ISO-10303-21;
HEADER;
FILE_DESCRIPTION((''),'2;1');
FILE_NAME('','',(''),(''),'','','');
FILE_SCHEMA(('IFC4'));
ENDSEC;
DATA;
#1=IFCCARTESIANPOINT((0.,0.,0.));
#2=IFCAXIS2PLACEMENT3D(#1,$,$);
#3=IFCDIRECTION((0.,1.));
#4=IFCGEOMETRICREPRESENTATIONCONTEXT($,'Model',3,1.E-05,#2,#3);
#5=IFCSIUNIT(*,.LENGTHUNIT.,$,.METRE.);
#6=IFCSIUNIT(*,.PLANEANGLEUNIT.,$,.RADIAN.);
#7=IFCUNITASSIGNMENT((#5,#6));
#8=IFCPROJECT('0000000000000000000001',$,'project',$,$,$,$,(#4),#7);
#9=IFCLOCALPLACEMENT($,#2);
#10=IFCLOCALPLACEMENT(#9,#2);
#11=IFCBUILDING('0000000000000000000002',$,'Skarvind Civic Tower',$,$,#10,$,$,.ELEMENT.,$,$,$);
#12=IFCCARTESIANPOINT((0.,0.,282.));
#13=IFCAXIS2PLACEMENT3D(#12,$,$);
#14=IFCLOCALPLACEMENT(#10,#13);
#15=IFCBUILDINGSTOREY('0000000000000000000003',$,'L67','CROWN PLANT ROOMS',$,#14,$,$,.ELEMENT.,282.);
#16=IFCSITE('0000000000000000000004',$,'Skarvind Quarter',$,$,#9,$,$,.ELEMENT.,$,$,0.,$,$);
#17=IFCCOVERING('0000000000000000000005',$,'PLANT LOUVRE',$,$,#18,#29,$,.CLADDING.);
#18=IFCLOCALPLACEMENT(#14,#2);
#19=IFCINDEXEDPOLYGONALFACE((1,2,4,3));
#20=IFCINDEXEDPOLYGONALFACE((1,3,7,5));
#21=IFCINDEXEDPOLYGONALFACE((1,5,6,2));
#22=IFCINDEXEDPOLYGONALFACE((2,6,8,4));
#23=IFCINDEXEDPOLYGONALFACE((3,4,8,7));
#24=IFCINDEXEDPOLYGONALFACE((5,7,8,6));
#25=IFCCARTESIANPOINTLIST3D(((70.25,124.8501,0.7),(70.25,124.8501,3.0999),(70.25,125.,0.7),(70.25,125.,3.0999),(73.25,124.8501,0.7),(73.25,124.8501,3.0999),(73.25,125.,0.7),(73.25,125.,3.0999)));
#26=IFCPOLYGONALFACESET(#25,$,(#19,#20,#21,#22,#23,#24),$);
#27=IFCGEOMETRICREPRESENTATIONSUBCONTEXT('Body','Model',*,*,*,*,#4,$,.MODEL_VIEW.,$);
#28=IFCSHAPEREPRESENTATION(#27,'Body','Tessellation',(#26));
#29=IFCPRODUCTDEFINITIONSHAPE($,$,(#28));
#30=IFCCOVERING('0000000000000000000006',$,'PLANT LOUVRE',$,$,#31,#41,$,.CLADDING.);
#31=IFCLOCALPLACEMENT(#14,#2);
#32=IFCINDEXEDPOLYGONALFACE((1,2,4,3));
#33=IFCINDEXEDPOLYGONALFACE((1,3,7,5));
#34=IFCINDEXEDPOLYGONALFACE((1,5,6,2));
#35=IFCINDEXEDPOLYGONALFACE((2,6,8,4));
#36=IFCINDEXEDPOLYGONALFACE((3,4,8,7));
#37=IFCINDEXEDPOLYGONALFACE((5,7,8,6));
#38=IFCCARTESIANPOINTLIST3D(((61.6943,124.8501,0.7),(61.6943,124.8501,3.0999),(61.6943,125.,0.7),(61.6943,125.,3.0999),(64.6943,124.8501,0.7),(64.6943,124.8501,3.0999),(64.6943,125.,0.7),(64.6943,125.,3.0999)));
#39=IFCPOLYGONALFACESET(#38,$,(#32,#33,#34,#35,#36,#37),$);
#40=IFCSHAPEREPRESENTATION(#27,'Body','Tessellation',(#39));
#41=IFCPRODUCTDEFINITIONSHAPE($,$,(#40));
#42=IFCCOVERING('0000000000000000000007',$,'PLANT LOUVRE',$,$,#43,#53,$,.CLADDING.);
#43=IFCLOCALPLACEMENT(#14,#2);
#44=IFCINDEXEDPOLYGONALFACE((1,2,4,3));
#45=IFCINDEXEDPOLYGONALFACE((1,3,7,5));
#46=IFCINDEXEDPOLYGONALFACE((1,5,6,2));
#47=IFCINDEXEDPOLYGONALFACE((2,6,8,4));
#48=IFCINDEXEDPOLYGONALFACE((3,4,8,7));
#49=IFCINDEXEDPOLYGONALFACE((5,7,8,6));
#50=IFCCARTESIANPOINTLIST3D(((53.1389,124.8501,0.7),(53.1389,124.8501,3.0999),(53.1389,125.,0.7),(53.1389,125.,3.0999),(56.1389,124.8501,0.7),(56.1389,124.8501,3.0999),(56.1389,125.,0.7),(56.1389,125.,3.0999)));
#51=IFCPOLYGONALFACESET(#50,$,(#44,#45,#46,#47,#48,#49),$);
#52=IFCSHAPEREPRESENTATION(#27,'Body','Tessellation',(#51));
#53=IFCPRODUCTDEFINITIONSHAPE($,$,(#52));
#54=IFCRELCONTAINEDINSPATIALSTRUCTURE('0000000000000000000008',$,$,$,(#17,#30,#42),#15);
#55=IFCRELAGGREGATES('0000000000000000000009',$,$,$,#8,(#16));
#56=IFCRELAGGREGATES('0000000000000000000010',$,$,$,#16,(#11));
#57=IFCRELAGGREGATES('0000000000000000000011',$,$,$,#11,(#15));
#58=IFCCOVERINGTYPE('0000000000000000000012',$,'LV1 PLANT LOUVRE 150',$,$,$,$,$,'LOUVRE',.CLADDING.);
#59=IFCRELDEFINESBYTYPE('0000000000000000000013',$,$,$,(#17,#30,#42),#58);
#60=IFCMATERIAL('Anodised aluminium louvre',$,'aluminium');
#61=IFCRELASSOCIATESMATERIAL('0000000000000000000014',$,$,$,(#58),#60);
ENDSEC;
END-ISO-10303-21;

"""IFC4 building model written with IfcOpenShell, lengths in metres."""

from ifc_helpers import new_model, si_unit, direction, frame, origin, origin_2d, place, context, subcontext, project, spatial, rectangle, extrude, material, material_profile, profile_set, type_object, element, save


model = new_model("IFC4")

# Units and contexts
model_context = context("Model", 3, precision=1e-05, world=origin(), true_north=direction((0.0, 1.0)))
body_context = subcontext(model_context, "Body", "Model", "MODEL_VIEW")
ifc_project = project(units=[si_unit("LENGTHUNIT", "METRE"), si_unit("PLANEANGLEUNIT", "RADIAN")], contexts=[model_context])

# Site, building, storey
site_placement = place(None, origin())
site = spatial("IfcSite", under=ifc_project, at=site_placement, Name="Skarvind Quarter", CompositionType="ELEMENT", RefElevation=0.0)
building_placement = place(site_placement, origin())
building = spatial("IfcBuilding", under=site, at=building_placement, Name="Skarvind Civic Tower", CompositionType="ELEMENT")
storey_placement = place(building_placement, frame((0.0, 0.0, 282.0)))
storey = spatial("IfcBuildingStorey", under=building, at=storey_placement, Name="L67", Description="CROWN PLANT ROOMS", CompositionType="ELEMENT", Elevation=282.0)

# Coverings
ifc_material_1 = material(Name="Anodised aluminium louvre", Category="aluminium")
ifc_material_profile_1 = material_profile(ifc_material_1, rectangle(XDim=3.0, YDim=2.3999, at=origin_2d()), Name="LOUVRE 3000 x 2400")
ifc_profile_set_1 = profile_set([ifc_material_profile_1], Name="Anodised aluminium louvre")
covering_type = type_object("IfcCoveringType", Name="LV1 PLANT LOUVRE 150", ElementType="LOUVRE", PredefinedType="CLADDING", material=ifc_profile_set_1)
for number, where, z_axis, x_axis, name in (
    (1, (71.75, 125.0, 1.8999), (0.0, -1.0, 0.0), (1.0, 0.0, 0.0), "PLANT LOUVRE"),
    (2, (63.1943, 125.0, 1.8999), (0.0, -1.0, 0.0), (1.0, 0.0, 0.0), "PLANT LOUVRE"),
    (3, (54.6389, 125.0, 1.8999), (0.0, -1.0, 0.0), (1.0, 0.0, 0.0), "PLANT LOUVRE"),
):
    element("IfcCovering", number, at=place(storey_placement, frame(where, z_axis=z_axis, x_axis=x_axis)), inside=storey, type_object=covering_type, Name=name, PredefinedType="CLADDING", context=body_context, shape_type="SweptSolid", body=[
        extrude(rectangle(XDim=3.0, YDim=2.3999, at=origin_2d()), origin(), (0.0, 0.0, 1.0), 0.1499),
    ])

save(model, "model.ifc")
